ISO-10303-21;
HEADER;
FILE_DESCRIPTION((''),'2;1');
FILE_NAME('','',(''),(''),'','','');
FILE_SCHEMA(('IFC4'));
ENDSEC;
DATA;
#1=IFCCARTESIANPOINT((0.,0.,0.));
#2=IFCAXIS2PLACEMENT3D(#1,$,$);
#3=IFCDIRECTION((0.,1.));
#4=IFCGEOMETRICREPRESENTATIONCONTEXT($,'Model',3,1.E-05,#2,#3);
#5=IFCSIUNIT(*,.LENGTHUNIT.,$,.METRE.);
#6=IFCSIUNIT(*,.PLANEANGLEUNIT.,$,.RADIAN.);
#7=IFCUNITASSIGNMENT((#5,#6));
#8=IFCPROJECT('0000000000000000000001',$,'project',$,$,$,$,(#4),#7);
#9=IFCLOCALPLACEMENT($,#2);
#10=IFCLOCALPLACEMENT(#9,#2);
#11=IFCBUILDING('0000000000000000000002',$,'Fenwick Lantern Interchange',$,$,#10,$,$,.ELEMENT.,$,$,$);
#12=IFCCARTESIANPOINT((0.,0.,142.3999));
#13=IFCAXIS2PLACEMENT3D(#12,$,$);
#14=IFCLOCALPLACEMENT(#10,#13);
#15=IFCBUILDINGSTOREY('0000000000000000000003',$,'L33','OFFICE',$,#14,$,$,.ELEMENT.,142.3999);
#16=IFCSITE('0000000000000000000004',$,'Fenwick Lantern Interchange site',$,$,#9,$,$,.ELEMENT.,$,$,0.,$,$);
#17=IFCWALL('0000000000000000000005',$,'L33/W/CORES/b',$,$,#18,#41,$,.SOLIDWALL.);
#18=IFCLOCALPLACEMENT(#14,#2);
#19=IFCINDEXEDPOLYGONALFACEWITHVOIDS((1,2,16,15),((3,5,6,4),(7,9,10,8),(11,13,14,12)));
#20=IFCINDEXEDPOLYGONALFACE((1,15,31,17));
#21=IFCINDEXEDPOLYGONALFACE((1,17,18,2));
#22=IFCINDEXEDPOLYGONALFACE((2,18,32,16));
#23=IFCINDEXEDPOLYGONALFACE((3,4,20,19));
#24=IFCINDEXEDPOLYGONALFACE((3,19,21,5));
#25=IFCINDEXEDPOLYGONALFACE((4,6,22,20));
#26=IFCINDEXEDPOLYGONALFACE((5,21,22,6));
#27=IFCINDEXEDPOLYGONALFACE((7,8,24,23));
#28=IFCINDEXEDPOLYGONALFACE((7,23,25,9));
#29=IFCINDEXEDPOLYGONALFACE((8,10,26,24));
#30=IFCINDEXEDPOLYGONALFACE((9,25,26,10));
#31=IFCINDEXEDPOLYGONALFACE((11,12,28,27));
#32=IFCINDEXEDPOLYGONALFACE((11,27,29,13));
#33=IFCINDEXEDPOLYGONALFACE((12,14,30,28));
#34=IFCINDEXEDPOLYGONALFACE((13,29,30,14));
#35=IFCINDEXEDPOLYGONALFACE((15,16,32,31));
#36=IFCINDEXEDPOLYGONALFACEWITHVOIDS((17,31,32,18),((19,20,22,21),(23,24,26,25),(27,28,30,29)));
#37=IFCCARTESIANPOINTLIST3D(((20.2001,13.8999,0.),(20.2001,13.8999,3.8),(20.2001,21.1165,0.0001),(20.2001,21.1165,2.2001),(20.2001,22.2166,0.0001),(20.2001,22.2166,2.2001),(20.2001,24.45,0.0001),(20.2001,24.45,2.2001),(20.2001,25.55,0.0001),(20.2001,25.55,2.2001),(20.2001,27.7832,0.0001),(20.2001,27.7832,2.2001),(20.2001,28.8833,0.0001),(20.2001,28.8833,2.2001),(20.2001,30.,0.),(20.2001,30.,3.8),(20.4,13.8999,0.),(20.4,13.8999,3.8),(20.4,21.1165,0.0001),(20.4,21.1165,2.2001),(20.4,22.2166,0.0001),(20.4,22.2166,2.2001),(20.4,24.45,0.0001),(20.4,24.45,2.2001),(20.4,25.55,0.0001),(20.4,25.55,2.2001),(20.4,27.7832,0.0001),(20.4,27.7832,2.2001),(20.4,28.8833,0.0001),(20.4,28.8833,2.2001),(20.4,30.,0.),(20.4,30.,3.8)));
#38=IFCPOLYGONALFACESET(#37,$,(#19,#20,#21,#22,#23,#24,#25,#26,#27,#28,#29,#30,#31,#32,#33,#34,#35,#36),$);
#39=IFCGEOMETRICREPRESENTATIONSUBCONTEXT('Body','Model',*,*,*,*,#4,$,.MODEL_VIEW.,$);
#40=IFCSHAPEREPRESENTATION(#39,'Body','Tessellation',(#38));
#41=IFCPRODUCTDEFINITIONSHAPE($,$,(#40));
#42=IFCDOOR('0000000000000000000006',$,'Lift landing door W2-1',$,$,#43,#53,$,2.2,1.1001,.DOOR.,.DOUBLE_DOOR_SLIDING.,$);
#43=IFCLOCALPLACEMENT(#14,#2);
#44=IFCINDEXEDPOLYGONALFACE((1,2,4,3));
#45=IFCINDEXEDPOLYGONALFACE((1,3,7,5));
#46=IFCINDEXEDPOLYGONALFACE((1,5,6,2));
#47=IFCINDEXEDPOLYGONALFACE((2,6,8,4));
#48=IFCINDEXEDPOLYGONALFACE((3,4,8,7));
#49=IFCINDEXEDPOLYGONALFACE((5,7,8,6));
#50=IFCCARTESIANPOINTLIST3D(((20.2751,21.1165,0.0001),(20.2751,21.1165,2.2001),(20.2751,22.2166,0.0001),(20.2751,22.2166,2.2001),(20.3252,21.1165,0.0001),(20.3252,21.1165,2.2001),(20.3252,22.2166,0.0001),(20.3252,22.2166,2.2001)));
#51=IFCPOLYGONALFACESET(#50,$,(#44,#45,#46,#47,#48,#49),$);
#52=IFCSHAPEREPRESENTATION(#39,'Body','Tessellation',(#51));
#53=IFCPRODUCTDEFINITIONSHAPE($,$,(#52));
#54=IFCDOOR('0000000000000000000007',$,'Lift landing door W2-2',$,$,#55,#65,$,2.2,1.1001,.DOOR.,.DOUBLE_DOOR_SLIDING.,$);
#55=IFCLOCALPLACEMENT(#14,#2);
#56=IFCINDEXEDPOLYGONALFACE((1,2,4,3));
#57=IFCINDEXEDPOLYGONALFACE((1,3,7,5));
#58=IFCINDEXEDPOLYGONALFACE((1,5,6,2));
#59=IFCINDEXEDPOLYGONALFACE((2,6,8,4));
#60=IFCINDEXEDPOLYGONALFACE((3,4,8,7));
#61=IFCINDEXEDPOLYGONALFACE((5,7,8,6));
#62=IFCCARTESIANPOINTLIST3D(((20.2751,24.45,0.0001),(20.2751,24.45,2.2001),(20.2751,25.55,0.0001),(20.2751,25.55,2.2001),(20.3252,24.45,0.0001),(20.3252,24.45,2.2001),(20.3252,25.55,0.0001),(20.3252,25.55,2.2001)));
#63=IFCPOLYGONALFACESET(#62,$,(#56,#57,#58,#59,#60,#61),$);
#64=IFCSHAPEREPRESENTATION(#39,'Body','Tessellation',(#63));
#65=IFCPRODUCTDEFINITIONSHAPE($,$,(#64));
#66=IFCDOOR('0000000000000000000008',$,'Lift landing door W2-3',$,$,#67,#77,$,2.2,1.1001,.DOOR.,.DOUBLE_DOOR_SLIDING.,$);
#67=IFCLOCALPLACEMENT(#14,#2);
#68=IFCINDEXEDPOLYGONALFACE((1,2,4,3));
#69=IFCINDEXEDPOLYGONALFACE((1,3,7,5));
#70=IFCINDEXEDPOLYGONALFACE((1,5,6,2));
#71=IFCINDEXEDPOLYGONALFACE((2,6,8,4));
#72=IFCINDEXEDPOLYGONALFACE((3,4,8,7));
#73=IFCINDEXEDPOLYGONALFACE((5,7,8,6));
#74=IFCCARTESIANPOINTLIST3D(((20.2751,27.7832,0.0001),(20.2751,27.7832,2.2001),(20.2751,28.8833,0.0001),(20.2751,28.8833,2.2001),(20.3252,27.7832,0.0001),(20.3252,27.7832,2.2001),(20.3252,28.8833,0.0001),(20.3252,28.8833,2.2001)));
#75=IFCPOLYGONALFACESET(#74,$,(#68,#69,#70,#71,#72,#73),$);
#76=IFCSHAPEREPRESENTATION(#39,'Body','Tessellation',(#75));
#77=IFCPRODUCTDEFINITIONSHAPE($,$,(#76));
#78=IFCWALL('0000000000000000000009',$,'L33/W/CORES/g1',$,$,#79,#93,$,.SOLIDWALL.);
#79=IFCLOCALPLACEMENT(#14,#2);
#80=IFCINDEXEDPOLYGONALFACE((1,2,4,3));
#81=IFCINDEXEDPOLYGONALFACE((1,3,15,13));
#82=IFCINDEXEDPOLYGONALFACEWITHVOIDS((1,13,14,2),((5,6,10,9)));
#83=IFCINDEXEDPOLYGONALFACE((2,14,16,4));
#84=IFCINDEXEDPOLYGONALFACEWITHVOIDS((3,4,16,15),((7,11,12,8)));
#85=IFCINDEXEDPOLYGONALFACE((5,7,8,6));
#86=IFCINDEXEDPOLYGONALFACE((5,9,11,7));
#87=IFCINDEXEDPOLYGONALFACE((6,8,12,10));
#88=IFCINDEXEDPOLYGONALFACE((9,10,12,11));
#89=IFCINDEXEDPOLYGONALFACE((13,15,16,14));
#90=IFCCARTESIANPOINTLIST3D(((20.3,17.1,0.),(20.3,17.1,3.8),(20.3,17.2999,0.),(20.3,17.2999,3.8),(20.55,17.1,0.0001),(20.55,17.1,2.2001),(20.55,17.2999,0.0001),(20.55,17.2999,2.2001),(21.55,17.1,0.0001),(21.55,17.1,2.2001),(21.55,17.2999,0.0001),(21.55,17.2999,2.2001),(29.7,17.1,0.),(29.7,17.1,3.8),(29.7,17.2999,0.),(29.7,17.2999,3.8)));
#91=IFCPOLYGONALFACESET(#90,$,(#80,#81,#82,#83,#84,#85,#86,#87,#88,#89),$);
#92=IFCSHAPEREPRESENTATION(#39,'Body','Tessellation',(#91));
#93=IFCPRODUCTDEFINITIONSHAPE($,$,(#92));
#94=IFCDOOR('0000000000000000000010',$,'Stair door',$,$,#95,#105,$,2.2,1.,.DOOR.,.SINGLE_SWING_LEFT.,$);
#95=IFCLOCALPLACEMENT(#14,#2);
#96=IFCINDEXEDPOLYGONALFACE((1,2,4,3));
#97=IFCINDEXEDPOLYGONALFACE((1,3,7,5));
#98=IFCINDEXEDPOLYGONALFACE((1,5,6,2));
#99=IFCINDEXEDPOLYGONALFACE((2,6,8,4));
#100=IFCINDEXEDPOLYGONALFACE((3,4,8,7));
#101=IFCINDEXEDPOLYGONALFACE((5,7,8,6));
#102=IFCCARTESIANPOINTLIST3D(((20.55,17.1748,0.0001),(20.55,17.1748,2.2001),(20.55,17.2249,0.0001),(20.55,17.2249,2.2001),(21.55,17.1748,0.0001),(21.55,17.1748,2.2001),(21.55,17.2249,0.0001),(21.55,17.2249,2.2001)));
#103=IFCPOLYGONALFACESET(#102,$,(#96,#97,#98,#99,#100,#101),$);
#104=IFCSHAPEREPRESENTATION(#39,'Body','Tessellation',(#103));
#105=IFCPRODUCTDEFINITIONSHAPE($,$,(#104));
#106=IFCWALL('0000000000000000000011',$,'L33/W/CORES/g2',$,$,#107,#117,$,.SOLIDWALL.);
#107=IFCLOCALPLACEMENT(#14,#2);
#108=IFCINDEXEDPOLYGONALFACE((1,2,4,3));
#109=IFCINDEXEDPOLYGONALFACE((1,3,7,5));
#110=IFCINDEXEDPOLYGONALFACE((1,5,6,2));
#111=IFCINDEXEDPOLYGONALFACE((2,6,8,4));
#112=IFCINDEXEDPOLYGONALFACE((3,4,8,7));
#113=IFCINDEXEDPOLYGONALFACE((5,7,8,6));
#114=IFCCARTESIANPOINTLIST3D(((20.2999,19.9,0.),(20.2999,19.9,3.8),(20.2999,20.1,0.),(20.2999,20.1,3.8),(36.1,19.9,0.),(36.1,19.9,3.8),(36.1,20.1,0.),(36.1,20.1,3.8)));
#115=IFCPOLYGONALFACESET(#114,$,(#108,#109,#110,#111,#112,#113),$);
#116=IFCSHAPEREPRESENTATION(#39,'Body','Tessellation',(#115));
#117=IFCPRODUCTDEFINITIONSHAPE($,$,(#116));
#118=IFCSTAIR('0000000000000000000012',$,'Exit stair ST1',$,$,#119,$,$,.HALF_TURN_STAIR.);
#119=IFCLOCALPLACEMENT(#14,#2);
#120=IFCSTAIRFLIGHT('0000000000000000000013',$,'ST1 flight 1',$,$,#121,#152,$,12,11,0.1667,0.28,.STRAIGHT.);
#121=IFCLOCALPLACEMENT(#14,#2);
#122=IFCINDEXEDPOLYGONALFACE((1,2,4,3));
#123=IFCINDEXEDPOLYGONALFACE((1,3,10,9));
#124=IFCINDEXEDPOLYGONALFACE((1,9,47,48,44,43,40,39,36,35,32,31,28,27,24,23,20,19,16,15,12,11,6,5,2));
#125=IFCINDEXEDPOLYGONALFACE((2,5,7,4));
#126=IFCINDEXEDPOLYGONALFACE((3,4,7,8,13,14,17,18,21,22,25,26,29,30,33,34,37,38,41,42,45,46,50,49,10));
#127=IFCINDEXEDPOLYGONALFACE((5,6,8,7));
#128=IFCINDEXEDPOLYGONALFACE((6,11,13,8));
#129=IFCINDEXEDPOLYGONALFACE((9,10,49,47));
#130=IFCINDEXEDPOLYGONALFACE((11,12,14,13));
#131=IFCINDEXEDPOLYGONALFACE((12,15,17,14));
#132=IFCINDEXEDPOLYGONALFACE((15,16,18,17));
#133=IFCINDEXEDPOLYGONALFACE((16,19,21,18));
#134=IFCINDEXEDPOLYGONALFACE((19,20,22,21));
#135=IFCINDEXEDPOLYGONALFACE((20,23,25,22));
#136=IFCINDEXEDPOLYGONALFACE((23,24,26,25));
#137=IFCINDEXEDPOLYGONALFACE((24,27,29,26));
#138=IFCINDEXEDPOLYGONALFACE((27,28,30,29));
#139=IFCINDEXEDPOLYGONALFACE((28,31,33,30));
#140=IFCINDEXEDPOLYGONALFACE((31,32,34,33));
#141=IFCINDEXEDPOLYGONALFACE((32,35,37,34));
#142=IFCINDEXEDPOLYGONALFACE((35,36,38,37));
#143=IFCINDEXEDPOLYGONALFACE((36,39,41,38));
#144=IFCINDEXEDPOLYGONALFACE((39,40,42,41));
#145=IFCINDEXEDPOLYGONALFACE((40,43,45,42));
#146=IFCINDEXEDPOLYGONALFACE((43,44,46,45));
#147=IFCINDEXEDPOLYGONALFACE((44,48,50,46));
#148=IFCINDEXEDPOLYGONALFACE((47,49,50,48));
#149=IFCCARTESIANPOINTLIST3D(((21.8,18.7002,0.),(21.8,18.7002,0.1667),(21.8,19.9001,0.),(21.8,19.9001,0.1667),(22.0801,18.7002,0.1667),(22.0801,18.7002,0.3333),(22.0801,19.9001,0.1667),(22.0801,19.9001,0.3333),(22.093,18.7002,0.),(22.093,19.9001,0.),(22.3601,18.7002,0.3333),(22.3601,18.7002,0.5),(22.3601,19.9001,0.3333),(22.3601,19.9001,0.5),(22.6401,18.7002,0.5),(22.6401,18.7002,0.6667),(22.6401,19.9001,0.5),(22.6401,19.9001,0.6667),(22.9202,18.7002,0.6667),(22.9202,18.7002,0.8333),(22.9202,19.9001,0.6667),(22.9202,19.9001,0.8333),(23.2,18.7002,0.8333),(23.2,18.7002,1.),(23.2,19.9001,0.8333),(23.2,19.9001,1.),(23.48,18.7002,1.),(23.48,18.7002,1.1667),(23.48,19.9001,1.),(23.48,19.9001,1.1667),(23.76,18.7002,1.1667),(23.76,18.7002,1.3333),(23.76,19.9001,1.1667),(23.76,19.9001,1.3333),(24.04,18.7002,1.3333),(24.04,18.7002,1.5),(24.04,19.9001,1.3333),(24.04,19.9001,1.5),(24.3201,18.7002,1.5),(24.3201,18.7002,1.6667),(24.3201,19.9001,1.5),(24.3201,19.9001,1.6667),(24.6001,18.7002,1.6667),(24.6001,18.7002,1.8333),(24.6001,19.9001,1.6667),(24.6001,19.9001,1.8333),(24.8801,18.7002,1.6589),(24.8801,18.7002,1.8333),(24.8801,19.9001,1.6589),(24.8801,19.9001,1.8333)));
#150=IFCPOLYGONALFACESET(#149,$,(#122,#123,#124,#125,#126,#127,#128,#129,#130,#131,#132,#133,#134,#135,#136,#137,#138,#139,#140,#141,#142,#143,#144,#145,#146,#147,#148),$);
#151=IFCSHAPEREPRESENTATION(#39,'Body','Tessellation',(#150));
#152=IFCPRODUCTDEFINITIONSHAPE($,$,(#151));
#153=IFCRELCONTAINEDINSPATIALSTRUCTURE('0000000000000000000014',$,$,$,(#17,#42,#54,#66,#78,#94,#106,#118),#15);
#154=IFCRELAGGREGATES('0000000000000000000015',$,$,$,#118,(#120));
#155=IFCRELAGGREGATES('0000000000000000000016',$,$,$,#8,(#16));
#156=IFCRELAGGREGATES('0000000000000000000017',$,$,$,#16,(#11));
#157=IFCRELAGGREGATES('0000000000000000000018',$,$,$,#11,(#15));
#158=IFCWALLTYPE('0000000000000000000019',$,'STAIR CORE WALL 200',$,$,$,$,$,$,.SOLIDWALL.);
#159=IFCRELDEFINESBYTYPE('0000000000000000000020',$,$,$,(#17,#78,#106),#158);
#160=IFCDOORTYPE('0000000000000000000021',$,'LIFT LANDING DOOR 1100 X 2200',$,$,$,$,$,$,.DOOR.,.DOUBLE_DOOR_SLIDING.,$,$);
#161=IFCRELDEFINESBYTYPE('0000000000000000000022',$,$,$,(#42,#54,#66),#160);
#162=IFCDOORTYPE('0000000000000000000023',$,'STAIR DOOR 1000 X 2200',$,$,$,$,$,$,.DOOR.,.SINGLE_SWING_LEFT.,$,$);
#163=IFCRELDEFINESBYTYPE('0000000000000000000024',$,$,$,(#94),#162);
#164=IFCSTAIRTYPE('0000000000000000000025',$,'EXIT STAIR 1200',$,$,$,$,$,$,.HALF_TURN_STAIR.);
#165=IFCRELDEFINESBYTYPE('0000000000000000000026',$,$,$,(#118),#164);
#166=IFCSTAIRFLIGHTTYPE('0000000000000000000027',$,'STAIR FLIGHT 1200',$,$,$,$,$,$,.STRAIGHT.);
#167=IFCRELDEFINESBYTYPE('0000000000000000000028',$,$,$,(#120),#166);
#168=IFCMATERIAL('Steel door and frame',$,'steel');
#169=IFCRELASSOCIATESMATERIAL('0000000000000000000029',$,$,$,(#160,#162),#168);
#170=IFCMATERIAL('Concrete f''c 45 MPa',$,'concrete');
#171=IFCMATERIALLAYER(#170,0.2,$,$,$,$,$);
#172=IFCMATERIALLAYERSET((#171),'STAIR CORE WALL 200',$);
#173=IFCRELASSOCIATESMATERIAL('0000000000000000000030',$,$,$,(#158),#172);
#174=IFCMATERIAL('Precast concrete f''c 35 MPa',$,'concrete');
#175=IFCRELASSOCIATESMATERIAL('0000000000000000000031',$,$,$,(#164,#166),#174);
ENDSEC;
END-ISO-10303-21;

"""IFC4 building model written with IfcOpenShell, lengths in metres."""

from ifc_helpers import new_model, si_unit, direction, frame, frame_2d, origin, place, context, subcontext, project, spatial, polyline, rectangle, outline, extrude, material, layer, layer_set, type_object, element, fill, aggregate, save


model = new_model("IFC4")

# Units and contexts
model_context = context("Model", 3, precision=1e-05, world=origin(), true_north=direction((0.0, 1.0)))
body_context = subcontext(model_context, "Body", "Model", "MODEL_VIEW")
ifc_project = project(units=[si_unit("LENGTHUNIT", "METRE"), si_unit("PLANEANGLEUNIT", "RADIAN")], contexts=[model_context])

# Site, building, storey
site_placement = place(None, origin())
site = spatial("IfcSite", under=ifc_project, at=site_placement, Name="Fenwick Lantern Interchange site", CompositionType="ELEMENT", RefElevation=0.0)
building_placement = place(site_placement, origin())
building = spatial("IfcBuilding", under=site, at=building_placement, Name="Fenwick Lantern Interchange", CompositionType="ELEMENT")
storey_placement = place(building_placement, frame((0.0, 0.0, 142.3999)))
storey = spatial("IfcBuildingStorey", under=building, at=storey_placement, Name="L33", Description="OFFICE", CompositionType="ELEMENT", Elevation=142.3999)

# Shared definitions
ifc_material_1 = material(Name="Steel door and frame", Category="steel")

# Shared definitions
door_type_1 = type_object("IfcDoorType", Name="LIFT LANDING DOOR 1100 X 2200", OperationType="DOUBLE_DOOR_SLIDING", PredefinedType="DOOR", material=ifc_material_1)

# Wall, openings, doors
ifc_material_2 = material(Name="Concrete f'c 45 MPa", Category="concrete")
ifc_layer_1 = layer(ifc_material_2, 0.2)
ifc_layer_set_1 = layer_set([ifc_layer_1], Name="STAIR CORE WALL 200")
wall_type_1 = type_object("IfcWallType", Name="STAIR CORE WALL 200", PredefinedType="SOLIDWALL", material=ifc_layer_set_1)
wall_1_placement = place(storey_placement, frame((20.3, 13.8999, 0.0), z_axis=(0.0, 0.0, 1.0), x_axis=(0.0, 1.0, 0.0)))
wall_1 = element("IfcWall", 1, at=wall_1_placement, inside=storey, type_object=wall_type_1, Name="L33/W/CORES/b", PredefinedType="SOLIDWALL", context=body_context, shape_type="SweptSolid", body=[
    extrude(rectangle(XDim=16.1001, YDim=0.2, at=frame_2d((8.05, 0.0))), origin(), (0.0, 0.0, 1.0), 3.8),
])
opening_1_placement = place(wall_1_placement, frame((7.2166, 0.0, 0.0)))
opening_1 = element("IfcOpeningElement", 2, at=opening_1_placement, cuts=wall_1, PredefinedType="OPENING", context=body_context, shape_type="SweptSolid", body=[
    extrude(rectangle(XDim=1.1001, YDim=2.2, at=frame_2d((0.55, 1.1001))), frame((0.0, 0.1099, 0.0), z_axis=(0.0, -1.0, 0.0), x_axis=(1.0, 0.0, 0.0)), (0.0, 0.0, 1.0), 0.22),
])
opening_2_placement = place(wall_1_placement, frame((10.55, 0.0, 0.0)))
opening_2 = element("IfcOpeningElement", 3, at=opening_2_placement, cuts=wall_1, PredefinedType="OPENING", context=body_context, shape_type="SweptSolid", body=[
    extrude(rectangle(XDim=1.1001, YDim=2.2, at=frame_2d((0.55, 1.1001))), frame((0.0, 0.1099, 0.0), z_axis=(0.0, -1.0, 0.0), x_axis=(1.0, 0.0, 0.0)), (0.0, 0.0, 1.0), 0.22),
])
opening_3_placement = place(wall_1_placement, frame((13.8833, 0.0, 0.0)))
opening_3 = element("IfcOpeningElement", 4, at=opening_3_placement, cuts=wall_1, PredefinedType="OPENING", context=body_context, shape_type="SweptSolid", body=[
    extrude(rectangle(XDim=1.1001, YDim=2.2, at=frame_2d((0.55, 1.1001))), frame((0.0, 0.1099, 0.0), z_axis=(0.0, -1.0, 0.0), x_axis=(1.0, 0.0, 0.0)), (0.0, 0.0, 1.0), 0.22),
])
door_1_placement = place(opening_1_placement, origin())
door_1 = element("IfcDoor", 5, at=door_1_placement, inside=storey, type_object=door_type_1, Name="Lift landing door W2-1", OperationType="DOUBLE_DOOR_SLIDING", OverallHeight=2.2, OverallWidth=1.1001, PredefinedType="DOOR", context=body_context, shape_type="SweptSolid", body=[
    extrude(rectangle(XDim=1.1001, YDim=2.2, at=frame_2d((0.55, 1.1001))), frame((0.0, 0.0249, 0.0), z_axis=(0.0, -1.0, 0.0), x_axis=(1.0, 0.0, 0.0)), (0.0, 0.0, 1.0), 0.05),
])
fill(opening_1, door_1)
door_2_placement = place(opening_2_placement, origin())
door_2 = element("IfcDoor", 6, at=door_2_placement, inside=storey, type_object=door_type_1, Name="Lift landing door W2-2", OperationType="DOUBLE_DOOR_SLIDING", OverallHeight=2.2, OverallWidth=1.1001, PredefinedType="DOOR", context=body_context, shape_type="SweptSolid", body=[
    extrude(rectangle(XDim=1.1001, YDim=2.2, at=frame_2d((0.55, 1.1001))), frame((0.0, 0.0249, 0.0), z_axis=(0.0, -1.0, 0.0), x_axis=(1.0, 0.0, 0.0)), (0.0, 0.0, 1.0), 0.05),
])
fill(opening_2, door_2)
door_3_placement = place(opening_3_placement, origin())
door_3 = element("IfcDoor", 7, at=door_3_placement, inside=storey, type_object=door_type_1, Name="Lift landing door W2-3", OperationType="DOUBLE_DOOR_SLIDING", OverallHeight=2.2, OverallWidth=1.1001, PredefinedType="DOOR", context=body_context, shape_type="SweptSolid", body=[
    extrude(rectangle(XDim=1.1001, YDim=2.2, at=frame_2d((0.55, 1.1001))), frame((0.0, 0.0249, 0.0), z_axis=(0.0, -1.0, 0.0), x_axis=(1.0, 0.0, 0.0)), (0.0, 0.0, 1.0), 0.05),
])
fill(opening_3, door_3)

# Wall, opening, door
wall_2_placement = place(storey_placement, frame((20.3, 17.2, 0.0), z_axis=(0.0, 0.0, 1.0), x_axis=(1.0, 0.0, 0.0)))
wall_2 = element("IfcWall", 8, at=wall_2_placement, inside=storey, type_object=wall_type_1, Name="L33/W/CORES/g1", PredefinedType="SOLIDWALL", context=body_context, shape_type="SweptSolid", body=[
    extrude(rectangle(XDim=9.3999, YDim=0.2, at=frame_2d((4.7, 0.0))), origin(), (0.0, 0.0, 1.0), 3.8),
])
opening_4_placement = place(wall_2_placement, frame((0.25, 0.0, 0.0)))
opening_4 = element("IfcOpeningElement", 9, at=opening_4_placement, cuts=wall_2, PredefinedType="OPENING", context=body_context, shape_type="SweptSolid", body=[
    extrude(rectangle(XDim=1.0, YDim=2.2, at=frame_2d((0.5, 1.1001))), frame((0.0, 0.1099, 0.0), z_axis=(0.0, -1.0, 0.0), x_axis=(1.0, 0.0, 0.0)), (0.0, 0.0, 1.0), 0.22),
])
door_type_2 = type_object("IfcDoorType", Name="STAIR DOOR 1000 X 2200", OperationType="SINGLE_SWING_LEFT", PredefinedType="DOOR", material=ifc_material_1)
door_4_placement = place(opening_4_placement, origin())
door_4 = element("IfcDoor", 10, at=door_4_placement, inside=storey, type_object=door_type_2, Name="Stair door", OperationType="SINGLE_SWING_LEFT", OverallHeight=2.2, OverallWidth=1.0, PredefinedType="DOOR", context=body_context, shape_type="SweptSolid", body=[
    extrude(rectangle(XDim=1.0, YDim=2.2, at=frame_2d((0.5, 1.1001))), frame((0.0, 0.0249, 0.0), z_axis=(0.0, -1.0, 0.0), x_axis=(1.0, 0.0, 0.0)), (0.0, 0.0, 1.0), 0.05),
])
fill(opening_4, door_4)

# Wall
wall_3_placement = place(storey_placement, frame((20.3, 20.0, 0.0), z_axis=(0.0, 0.0, 1.0), x_axis=(1.0, 0.0, 0.0)))
element("IfcWall", 11, at=wall_3_placement, inside=storey, type_object=wall_type_1, Name="L33/W/CORES/g2", PredefinedType="SOLIDWALL", context=body_context, shape_type="SweptSolid", body=[
    extrude(rectangle(XDim=15.8, YDim=0.2, at=frame_2d((7.8999, 0.0))), origin(), (0.0, 0.0, 1.0), 3.8),
])

# Stair, stair flight
ifc_material_3 = material(Name="Precast concrete f'c 35 MPa", Category="concrete")
stair_type = type_object("IfcStairType", Name="EXIT STAIR 1200", PredefinedType="HALF_TURN_STAIR", material=ifc_material_3)
stair_placement = place(storey_placement, origin())
stair = element("IfcStair", 12, at=stair_placement, inside=storey, type_object=stair_type, Name="Exit stair ST1", PredefinedType="HALF_TURN_STAIR")
stair_flight_type = type_object("IfcStairFlightType", Name="STAIR FLIGHT 1200", PredefinedType="STRAIGHT", material=ifc_material_3)
stair_flight_1_placement = place(storey_placement, frame((21.8, 19.3, 0.0), z_axis=(0.0, 0.0, 1.0), x_axis=(1.0, 0.0, 0.0)))
stair_flight_1 = element("IfcStairFlight", 13, at=stair_flight_1_placement, type_object=stair_flight_type, Name="ST1 flight 1", NumberOfRisers=12, NumberOfTreads=11, PredefinedType="STRAIGHT", RiserHeight=0.1667, TreadLength=0.28, context=body_context, shape_type="SweptSolid", body=[
    extrude(outline(polyline([(0.0, 0.0), (0.0, 0.1667), (0.28, 0.1667), (0.28, 0.3333), (0.5601, 0.3333), (0.5601, 0.5), (0.8401, 0.5), (0.8401, 0.6667), (1.1201, 0.6667), (1.1201, 0.8333), (1.3999, 0.8333), (1.3999, 1.0), (1.6799, 1.0), (1.6799, 1.1667), (1.96, 1.1667), (1.96, 1.3333), (2.24, 1.3333), (2.24, 1.5), (2.52, 1.5), (2.52, 1.6667), (2.8, 1.6667), (2.8, 1.8333), (3.0801, 1.8333), (3.0801, 2.0), (3.0801, 1.6589), (0.293, 0.0), (0.0, 0.0)])), frame((0.0, 0.6001, 0.0), z_axis=(0.0, -1.0, 0.0), x_axis=(1.0, 0.0, 0.0)), (0.0, 0.0, 1.0), 1.2),
])
aggregate(stair, [stair_flight_1])

save(model, "model.ifc")
